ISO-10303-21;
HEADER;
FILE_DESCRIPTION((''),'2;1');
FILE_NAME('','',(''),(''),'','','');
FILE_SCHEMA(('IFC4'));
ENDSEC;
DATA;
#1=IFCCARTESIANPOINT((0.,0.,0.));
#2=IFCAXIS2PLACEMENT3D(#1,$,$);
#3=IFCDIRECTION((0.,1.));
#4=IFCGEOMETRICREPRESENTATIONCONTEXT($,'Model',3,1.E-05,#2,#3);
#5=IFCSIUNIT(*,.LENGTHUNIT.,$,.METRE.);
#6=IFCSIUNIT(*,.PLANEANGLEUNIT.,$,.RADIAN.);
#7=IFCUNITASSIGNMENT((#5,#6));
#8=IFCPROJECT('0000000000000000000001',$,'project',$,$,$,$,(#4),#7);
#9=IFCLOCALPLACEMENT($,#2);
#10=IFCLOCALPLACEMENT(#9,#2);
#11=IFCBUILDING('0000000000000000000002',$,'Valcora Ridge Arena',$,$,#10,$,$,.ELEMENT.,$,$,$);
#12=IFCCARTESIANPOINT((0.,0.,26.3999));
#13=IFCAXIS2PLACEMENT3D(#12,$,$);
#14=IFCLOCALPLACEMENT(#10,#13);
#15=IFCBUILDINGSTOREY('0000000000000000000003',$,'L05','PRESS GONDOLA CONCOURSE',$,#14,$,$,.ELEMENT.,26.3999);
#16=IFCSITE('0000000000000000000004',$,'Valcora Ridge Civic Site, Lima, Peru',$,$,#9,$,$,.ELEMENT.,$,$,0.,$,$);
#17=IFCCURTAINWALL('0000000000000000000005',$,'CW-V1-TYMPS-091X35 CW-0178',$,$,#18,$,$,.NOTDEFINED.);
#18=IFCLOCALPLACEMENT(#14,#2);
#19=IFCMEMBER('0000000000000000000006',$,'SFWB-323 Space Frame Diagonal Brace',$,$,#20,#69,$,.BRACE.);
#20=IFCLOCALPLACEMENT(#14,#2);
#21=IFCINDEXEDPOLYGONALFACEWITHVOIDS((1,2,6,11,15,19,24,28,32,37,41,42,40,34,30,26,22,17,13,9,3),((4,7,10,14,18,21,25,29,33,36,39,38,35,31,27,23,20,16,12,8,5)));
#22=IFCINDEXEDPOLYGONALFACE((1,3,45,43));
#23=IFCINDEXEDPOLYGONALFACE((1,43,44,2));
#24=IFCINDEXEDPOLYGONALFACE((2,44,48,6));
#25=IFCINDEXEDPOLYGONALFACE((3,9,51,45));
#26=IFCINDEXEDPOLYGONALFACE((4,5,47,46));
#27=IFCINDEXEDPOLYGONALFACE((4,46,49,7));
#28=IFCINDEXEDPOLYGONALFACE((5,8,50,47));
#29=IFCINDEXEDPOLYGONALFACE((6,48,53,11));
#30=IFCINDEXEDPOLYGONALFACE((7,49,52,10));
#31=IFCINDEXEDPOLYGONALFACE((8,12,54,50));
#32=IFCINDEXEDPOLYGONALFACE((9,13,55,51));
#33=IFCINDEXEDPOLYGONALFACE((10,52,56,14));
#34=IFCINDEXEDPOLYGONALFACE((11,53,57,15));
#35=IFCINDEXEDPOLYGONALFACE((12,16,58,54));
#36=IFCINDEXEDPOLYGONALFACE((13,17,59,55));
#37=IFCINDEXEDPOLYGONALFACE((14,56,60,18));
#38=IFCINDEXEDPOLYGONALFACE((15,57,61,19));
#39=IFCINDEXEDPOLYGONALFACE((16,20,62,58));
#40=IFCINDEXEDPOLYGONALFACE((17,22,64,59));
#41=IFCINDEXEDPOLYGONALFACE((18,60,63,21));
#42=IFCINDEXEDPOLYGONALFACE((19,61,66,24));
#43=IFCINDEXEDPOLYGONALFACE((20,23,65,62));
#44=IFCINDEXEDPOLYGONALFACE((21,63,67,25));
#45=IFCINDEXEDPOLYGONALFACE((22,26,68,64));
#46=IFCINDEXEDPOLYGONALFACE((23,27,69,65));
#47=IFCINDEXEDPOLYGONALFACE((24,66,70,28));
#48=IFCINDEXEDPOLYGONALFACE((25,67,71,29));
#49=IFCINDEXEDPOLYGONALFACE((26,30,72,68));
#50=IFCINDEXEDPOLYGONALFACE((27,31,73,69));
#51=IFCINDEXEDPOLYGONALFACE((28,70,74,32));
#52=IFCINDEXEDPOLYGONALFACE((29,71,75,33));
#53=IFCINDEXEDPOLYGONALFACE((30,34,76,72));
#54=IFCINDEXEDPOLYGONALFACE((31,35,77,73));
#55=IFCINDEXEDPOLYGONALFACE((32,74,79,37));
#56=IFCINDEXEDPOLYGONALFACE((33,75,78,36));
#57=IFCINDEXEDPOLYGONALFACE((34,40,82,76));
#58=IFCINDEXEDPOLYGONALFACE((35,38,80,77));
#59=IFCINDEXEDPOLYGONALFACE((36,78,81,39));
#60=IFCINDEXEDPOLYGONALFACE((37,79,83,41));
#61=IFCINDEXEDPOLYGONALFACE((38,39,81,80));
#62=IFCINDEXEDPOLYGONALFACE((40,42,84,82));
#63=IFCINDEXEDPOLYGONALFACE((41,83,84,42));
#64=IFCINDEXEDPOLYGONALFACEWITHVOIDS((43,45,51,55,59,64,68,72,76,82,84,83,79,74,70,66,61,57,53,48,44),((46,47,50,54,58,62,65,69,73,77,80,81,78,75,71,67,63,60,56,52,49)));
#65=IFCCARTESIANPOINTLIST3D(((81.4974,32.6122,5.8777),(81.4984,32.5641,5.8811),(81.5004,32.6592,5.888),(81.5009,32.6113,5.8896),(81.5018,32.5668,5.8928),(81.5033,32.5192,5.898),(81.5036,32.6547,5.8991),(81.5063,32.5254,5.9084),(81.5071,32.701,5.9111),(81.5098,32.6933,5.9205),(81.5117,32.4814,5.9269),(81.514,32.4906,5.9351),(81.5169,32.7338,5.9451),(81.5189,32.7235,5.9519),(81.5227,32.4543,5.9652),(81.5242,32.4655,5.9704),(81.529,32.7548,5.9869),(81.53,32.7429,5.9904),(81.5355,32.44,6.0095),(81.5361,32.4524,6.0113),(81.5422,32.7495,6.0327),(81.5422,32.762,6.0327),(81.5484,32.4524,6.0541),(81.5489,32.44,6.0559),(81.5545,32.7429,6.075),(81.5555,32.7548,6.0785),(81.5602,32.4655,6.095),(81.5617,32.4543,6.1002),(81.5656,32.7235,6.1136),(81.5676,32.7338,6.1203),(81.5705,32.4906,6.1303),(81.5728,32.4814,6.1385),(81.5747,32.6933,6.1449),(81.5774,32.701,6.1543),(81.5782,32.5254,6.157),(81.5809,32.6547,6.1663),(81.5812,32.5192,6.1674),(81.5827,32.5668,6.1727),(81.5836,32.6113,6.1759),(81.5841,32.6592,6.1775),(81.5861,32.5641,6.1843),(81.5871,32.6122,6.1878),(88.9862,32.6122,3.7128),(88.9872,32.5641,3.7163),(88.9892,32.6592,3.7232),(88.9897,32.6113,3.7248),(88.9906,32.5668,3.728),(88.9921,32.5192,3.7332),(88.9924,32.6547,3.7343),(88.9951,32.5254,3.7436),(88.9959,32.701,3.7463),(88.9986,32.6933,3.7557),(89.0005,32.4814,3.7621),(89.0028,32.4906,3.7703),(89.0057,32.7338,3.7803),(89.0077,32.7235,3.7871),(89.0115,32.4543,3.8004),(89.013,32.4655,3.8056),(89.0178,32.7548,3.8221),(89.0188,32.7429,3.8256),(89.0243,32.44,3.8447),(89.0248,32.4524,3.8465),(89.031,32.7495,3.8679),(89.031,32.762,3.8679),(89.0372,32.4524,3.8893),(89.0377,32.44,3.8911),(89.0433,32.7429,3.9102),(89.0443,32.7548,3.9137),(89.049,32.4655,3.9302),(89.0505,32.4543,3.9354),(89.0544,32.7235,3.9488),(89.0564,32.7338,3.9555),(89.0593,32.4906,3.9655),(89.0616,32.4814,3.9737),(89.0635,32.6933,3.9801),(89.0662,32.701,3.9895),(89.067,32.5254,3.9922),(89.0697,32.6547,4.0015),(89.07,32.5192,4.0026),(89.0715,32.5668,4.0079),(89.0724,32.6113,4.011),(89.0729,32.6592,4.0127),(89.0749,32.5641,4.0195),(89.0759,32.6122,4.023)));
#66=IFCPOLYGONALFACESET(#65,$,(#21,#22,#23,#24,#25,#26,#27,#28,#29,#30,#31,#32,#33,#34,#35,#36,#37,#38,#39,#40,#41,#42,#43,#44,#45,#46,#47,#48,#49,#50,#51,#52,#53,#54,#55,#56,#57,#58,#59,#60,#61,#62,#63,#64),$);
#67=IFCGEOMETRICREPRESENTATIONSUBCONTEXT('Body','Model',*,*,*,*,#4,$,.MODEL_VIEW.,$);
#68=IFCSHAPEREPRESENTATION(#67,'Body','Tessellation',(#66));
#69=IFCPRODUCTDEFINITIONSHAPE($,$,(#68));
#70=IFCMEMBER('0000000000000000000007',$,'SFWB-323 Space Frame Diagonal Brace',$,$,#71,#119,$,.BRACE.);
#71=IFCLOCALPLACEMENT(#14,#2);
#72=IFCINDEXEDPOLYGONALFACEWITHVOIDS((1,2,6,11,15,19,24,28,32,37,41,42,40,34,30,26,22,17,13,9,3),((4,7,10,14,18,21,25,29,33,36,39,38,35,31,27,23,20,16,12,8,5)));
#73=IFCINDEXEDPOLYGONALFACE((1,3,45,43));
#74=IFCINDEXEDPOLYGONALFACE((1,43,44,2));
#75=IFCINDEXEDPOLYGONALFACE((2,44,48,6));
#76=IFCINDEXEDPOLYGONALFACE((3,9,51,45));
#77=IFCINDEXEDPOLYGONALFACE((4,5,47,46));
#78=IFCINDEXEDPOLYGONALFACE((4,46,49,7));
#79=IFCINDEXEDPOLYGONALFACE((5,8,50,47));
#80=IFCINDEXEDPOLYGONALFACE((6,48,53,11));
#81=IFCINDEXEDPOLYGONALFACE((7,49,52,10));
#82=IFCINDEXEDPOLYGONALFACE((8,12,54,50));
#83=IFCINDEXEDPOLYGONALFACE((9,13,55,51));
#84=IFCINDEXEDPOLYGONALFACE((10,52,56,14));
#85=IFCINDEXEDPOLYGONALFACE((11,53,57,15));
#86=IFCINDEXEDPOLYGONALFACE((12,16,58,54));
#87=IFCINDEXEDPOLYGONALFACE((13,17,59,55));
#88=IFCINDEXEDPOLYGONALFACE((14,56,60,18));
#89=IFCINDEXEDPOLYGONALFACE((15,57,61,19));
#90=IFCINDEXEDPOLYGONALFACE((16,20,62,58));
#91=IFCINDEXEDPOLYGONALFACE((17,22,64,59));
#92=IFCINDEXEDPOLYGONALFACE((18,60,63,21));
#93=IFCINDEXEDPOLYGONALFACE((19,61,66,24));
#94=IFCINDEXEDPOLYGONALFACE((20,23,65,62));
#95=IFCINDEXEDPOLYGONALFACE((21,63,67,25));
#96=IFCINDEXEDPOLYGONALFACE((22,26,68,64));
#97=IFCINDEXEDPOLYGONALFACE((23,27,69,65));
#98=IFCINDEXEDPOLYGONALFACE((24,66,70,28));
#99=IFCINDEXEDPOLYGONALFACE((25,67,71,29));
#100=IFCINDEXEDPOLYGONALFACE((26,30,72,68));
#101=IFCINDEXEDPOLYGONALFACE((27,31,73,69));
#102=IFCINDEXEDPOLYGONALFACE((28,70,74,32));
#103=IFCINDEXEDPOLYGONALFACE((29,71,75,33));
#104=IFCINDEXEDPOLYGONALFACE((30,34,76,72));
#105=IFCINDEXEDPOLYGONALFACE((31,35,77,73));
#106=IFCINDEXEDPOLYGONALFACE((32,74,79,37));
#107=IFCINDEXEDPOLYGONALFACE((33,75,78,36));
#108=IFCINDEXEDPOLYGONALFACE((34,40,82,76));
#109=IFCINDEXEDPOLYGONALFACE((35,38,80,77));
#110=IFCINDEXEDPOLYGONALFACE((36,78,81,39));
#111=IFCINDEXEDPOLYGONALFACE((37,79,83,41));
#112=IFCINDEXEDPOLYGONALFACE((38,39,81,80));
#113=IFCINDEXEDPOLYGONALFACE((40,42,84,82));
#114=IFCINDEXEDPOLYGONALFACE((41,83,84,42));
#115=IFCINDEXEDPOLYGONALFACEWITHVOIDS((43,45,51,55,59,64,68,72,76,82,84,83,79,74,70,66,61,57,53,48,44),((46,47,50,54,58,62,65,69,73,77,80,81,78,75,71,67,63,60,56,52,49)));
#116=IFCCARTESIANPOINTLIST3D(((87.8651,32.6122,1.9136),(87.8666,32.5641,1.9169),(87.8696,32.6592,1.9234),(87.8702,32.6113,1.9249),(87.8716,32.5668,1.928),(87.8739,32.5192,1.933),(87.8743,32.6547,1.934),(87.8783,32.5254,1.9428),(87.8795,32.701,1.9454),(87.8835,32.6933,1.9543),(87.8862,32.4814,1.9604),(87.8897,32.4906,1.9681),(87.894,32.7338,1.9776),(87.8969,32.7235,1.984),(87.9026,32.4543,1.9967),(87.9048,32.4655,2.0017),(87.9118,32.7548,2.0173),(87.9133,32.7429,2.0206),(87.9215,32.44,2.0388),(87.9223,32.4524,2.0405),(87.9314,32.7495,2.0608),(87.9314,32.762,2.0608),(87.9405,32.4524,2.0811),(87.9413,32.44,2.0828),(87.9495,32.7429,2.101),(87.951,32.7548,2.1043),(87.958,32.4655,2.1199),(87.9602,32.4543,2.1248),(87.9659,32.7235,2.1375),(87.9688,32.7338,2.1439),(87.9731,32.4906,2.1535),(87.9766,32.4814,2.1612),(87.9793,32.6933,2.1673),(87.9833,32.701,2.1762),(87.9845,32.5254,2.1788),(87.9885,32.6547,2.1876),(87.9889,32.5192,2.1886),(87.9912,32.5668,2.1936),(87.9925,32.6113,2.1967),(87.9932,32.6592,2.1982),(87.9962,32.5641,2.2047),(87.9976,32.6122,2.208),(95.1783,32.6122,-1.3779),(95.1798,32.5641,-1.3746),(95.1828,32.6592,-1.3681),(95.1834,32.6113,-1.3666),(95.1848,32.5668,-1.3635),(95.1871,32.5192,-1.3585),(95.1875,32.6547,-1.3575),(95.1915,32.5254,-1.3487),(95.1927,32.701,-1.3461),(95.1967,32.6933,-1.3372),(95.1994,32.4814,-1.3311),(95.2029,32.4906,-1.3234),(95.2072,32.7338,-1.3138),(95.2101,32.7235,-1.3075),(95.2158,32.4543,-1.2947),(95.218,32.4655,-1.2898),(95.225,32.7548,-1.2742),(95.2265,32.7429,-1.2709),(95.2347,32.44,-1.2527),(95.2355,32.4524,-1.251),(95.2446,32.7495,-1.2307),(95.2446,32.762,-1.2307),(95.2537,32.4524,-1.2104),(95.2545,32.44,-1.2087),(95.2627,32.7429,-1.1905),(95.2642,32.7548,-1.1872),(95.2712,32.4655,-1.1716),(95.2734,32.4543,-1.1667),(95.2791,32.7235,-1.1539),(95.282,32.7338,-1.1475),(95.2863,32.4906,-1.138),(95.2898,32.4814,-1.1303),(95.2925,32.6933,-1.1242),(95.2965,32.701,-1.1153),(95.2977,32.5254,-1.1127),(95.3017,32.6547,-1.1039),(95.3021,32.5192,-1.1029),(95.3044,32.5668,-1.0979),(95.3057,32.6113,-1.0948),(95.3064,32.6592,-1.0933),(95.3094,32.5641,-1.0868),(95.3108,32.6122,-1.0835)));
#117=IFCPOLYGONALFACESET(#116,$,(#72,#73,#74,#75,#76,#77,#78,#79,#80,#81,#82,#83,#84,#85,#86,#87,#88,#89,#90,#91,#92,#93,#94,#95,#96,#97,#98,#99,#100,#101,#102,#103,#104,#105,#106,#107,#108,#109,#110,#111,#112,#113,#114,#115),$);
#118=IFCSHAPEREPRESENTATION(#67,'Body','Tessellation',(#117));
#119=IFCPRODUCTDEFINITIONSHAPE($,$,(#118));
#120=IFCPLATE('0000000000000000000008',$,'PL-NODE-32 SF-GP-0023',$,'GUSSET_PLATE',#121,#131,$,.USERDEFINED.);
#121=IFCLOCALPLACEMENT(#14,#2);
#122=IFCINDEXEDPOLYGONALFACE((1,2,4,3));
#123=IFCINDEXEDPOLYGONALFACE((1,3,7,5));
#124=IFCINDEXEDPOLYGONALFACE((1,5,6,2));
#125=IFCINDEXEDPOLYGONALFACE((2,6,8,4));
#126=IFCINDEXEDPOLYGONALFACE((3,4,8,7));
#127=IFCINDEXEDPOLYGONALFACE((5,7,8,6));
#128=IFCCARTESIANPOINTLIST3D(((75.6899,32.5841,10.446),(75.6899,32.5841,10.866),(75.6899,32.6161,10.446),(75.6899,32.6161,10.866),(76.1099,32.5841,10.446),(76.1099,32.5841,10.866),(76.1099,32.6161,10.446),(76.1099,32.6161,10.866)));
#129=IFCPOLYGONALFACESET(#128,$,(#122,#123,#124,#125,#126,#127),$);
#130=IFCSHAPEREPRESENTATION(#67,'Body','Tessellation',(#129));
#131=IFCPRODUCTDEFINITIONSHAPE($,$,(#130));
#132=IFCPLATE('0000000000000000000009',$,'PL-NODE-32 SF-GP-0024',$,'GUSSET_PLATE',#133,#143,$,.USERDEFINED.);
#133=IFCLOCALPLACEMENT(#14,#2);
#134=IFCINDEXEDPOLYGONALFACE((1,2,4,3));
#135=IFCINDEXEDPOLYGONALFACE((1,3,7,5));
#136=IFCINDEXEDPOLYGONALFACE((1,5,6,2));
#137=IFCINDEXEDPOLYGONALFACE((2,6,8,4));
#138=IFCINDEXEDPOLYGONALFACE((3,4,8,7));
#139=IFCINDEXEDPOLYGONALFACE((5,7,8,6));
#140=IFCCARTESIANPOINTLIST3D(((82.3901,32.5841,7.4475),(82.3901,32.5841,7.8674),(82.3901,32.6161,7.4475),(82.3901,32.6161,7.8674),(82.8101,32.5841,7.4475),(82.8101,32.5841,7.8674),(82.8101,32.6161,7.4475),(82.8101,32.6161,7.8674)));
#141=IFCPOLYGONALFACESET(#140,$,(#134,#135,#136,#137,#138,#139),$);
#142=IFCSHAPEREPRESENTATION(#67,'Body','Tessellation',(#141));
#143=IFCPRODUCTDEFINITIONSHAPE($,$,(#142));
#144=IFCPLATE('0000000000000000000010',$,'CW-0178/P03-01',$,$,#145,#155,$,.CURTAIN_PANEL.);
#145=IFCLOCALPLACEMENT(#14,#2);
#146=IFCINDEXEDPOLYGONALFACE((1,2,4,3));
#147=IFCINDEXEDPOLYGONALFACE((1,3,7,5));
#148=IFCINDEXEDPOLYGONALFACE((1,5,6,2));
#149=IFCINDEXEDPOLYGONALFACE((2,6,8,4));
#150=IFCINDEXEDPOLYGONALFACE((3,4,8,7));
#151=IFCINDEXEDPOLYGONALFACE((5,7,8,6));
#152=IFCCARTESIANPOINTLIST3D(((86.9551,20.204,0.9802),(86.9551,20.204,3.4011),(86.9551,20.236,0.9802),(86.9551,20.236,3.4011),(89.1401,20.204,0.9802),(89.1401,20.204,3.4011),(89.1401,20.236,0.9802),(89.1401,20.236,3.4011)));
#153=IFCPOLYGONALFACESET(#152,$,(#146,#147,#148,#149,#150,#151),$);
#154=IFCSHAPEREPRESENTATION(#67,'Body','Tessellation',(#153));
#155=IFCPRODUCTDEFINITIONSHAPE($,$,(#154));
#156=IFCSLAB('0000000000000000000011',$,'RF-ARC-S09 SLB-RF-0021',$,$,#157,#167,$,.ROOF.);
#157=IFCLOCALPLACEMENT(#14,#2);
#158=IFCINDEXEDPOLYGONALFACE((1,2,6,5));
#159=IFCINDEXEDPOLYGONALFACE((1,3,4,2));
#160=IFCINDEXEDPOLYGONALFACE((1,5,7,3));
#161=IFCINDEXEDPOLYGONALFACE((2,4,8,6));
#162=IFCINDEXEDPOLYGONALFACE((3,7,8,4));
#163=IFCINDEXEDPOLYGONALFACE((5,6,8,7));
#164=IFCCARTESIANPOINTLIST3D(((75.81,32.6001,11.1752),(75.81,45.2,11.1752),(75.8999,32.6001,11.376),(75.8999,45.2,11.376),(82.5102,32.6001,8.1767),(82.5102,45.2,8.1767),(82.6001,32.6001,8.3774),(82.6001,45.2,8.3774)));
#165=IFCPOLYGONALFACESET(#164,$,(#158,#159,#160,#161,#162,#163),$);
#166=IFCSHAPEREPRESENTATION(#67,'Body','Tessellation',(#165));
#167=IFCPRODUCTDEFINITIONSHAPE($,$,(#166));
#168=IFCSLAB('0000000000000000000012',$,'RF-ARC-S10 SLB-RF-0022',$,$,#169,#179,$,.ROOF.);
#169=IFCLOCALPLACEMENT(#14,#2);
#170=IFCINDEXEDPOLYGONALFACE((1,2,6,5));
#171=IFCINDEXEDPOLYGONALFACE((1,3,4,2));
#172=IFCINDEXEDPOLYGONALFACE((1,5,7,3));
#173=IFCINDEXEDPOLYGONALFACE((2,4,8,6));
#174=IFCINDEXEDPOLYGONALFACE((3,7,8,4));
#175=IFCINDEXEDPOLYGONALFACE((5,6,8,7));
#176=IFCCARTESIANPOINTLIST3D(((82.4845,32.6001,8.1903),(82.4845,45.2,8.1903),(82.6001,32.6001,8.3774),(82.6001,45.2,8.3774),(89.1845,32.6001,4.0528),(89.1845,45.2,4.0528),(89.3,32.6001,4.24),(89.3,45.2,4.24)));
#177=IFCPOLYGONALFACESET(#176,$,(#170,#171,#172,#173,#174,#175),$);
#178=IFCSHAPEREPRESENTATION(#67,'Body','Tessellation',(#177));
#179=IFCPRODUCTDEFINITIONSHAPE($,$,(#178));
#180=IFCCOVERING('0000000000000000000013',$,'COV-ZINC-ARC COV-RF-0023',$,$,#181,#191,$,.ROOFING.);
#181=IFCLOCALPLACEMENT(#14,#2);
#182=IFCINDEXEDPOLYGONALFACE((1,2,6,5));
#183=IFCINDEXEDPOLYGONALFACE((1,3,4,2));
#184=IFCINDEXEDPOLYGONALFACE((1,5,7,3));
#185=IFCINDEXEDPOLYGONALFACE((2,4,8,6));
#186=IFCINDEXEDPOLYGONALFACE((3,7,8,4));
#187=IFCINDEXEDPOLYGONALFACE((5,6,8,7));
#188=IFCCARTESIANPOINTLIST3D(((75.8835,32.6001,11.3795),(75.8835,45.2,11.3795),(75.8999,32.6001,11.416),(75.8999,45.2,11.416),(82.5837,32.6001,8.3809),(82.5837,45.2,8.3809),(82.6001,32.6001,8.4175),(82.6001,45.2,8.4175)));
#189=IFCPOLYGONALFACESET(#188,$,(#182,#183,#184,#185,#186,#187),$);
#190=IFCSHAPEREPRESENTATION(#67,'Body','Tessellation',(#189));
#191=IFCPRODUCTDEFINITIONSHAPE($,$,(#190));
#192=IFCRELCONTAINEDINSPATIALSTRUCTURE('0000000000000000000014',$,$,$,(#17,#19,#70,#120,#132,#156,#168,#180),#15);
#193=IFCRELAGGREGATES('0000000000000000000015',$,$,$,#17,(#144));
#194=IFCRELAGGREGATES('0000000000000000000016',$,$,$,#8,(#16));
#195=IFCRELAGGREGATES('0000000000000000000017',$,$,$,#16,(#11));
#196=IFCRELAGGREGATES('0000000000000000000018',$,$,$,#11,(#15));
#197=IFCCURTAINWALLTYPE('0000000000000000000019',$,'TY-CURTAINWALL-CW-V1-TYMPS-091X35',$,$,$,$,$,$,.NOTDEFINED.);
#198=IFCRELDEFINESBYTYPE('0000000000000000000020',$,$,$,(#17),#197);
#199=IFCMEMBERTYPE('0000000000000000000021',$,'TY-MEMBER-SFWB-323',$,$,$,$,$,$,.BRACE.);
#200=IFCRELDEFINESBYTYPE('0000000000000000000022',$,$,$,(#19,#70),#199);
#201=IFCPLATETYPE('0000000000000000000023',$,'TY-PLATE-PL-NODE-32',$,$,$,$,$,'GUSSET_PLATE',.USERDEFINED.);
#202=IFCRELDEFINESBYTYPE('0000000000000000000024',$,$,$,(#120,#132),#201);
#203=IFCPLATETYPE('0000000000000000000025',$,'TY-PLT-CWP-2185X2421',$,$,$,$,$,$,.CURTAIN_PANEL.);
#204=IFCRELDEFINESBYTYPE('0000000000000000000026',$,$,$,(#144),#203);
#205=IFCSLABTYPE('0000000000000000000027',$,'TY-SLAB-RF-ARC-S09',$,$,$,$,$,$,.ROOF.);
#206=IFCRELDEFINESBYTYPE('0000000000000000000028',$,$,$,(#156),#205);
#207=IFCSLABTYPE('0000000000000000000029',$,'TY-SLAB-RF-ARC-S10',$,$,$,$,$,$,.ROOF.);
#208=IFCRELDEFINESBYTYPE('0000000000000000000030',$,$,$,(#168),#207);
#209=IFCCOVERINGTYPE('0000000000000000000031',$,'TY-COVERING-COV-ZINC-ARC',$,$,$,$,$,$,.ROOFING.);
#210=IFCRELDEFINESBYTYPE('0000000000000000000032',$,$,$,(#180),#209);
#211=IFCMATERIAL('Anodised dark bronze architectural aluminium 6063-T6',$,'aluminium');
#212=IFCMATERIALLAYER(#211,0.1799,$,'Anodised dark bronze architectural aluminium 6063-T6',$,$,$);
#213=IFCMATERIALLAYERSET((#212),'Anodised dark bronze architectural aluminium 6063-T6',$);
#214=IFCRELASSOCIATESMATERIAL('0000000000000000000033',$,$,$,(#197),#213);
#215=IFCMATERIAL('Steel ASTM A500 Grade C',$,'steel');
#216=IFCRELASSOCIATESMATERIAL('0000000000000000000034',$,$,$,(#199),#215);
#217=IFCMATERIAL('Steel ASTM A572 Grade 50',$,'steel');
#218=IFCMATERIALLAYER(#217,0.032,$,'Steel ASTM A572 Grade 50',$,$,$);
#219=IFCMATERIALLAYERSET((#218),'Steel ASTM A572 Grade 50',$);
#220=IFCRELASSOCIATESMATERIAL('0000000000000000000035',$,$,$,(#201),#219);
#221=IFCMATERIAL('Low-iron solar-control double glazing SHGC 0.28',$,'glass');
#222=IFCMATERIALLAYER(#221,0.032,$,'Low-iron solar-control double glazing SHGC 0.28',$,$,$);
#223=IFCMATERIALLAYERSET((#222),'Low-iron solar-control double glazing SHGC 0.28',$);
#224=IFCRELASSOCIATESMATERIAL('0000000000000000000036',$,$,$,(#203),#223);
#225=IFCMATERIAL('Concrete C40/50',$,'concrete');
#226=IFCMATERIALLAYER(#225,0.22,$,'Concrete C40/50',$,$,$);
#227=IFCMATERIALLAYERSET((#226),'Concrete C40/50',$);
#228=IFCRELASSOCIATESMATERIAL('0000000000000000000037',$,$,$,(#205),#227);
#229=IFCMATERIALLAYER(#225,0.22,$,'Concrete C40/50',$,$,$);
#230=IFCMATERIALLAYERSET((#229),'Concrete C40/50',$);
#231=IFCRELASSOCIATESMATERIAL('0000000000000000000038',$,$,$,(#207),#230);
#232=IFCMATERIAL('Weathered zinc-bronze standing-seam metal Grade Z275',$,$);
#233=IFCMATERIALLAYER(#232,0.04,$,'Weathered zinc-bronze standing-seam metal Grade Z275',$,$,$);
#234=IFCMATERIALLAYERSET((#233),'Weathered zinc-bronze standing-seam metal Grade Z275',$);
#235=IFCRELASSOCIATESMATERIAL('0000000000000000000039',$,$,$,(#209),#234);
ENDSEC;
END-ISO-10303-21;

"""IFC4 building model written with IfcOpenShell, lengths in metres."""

from ifc_helpers import new_model, si_unit, direction, frame, origin, origin_2d, place, context, subcontext, project, spatial, polyline, rectangle, hollow_circle, outline, extrude, material, layer, layer_set, material_profile, profile_set, type_object, element, aggregate, save


model = new_model("IFC4")

# Units and contexts
model_context = context("Model", 3, precision=1e-05, world=origin(), true_north=direction((0.0, 1.0)))
body_context = subcontext(model_context, "Body", "Model", "MODEL_VIEW")
ifc_project = project(units=[si_unit("LENGTHUNIT", "METRE"), si_unit("PLANEANGLEUNIT", "RADIAN")], contexts=[model_context])

# Site, building, storey
site_placement = place(None, origin())
site = spatial("IfcSite", under=ifc_project, at=site_placement, Name="Valcora Ridge Civic Site, Lima, Peru", CompositionType="ELEMENT", RefElevation=0.0)
building_placement = place(site_placement, origin())
building = spatial("IfcBuilding", under=site, at=building_placement, Name="Valcora Ridge Arena", CompositionType="ELEMENT")
storey_placement = place(building_placement, frame((0.0, 0.0, 26.3999)))
storey = spatial("IfcBuildingStorey", under=building, at=storey_placement, Name="L05", Description="PRESS GONDOLA CONCOURSE", CompositionType="ELEMENT", Elevation=26.3999)

# Curtain wall
ifc_material_1 = material(Name="Anodised dark bronze architectural aluminium 6063-T6", Category="aluminium")
ifc_layer_1 = layer(ifc_material_1, 0.1799, Name="Anodised dark bronze architectural aluminium 6063-T6")
ifc_layer_set_1 = layer_set([ifc_layer_1], Name="Anodised dark bronze architectural aluminium 6063-T6")
curtain_wall_type = type_object("IfcCurtainWallType", Name="TY-CURTAINWALL-CW-V1-TYMPS-091X35", PredefinedType="NOTDEFINED", material=ifc_layer_set_1)
curtain_wall_placement = place(storey_placement, origin())
curtain_wall = element("IfcCurtainWall", 1, at=curtain_wall_placement, inside=storey, type_object=curtain_wall_type, Name="CW-V1-TYMPS-091X35 CW-0178", PredefinedType="NOTDEFINED")

# Members
ifc_material_2 = material(Name="Steel ASTM A500 Grade C", Category="steel")
ifc_material_profile_1 = material_profile(ifc_material_2, hollow_circle(Radius=0.1619, WallThickness=0.0125, at=origin_2d()), Name="CHS323X12")
ifc_profile_set_1 = profile_set([ifc_material_profile_1], Name="Steel ASTM A500 Grade C")
member_type_1 = type_object("IfcMemberType", Name="TY-MEMBER-SFWB-323", PredefinedType="BRACE", material=ifc_profile_set_1)
member_1_placement = place(storey_placement, frame((81.5422, 32.6001, 6.0327), z_axis=(0.960667, 0.0, -0.277702), x_axis=(0.0, 1.0, 0.0)))
element("IfcMember", 2, at=member_1_placement, inside=storey, type_object=member_type_1, Name="SFWB-323 Space Frame Diagonal Brace", PredefinedType="BRACE", context=body_context, shape_type="SweptSolid", body=[
    extrude(hollow_circle(Radius=0.1619, WallThickness=0.0125, at=origin_2d()), origin(), (0.0, 0.0, 1.0), 7.7954),
])
member_2_placement = place(storey_placement, frame((87.9314, 32.6001, 2.0608), z_axis=(0.911896, 0.0, -0.410422), x_axis=(0.0, 1.0, 0.0)))
element("IfcMember", 3, at=member_2_placement, inside=storey, type_object=member_type_1, Name="SFWB-323 Space Frame Diagonal Brace", PredefinedType="BRACE", context=body_context, shape_type="SweptSolid", body=[
    extrude(hollow_circle(Radius=0.1619, WallThickness=0.0125, at=origin_2d()), origin(), (0.0, 0.0, 1.0), 8.0198),
])

# Plates
ifc_material_3 = material(Name="Steel ASTM A572 Grade 50", Category="steel")
ifc_layer_2 = layer(ifc_material_3, 0.032, Name="Steel ASTM A572 Grade 50")
ifc_layer_set_2 = layer_set([ifc_layer_2], Name="Steel ASTM A572 Grade 50")
plate_type_1 = type_object("IfcPlateType", Name="TY-PLATE-PL-NODE-32", ElementType="GUSSET_PLATE", PredefinedType="USERDEFINED", material=ifc_layer_set_2)
for number, where, z_axis, x_axis, name in (
    (4, (75.8999, 32.6001, 10.446), (0.0, 0.0, 1.0), (1.0, 0.0, 0.0), "PL-NODE-32 SF-GP-0023"),
    (5, (82.6001, 32.6001, 7.4475), (0.0, 0.0, 1.0), (1.0, 0.0, 0.0), "PL-NODE-32 SF-GP-0024"),
):
    element("IfcPlate", number, at=place(storey_placement, frame(where, z_axis=z_axis, x_axis=x_axis)), inside=storey, type_object=plate_type_1, Name=name, ObjectType="GUSSET_PLATE", PredefinedType="USERDEFINED", context=body_context, shape_type="SweptSolid", body=[
        extrude(rectangle(XDim=0.4199, YDim=0.032, at=origin_2d()), origin(), (0.0, 0.0, 1.0), 0.4199),
    ])

# Plate
ifc_material_4 = material(Name="Low-iron solar-control double glazing SHGC 0.28", Category="glass")
ifc_layer_3 = layer(ifc_material_4, 0.032, Name="Low-iron solar-control double glazing SHGC 0.28")
ifc_layer_set_3 = layer_set([ifc_layer_3], Name="Low-iron solar-control double glazing SHGC 0.28")
plate_type_2 = type_object("IfcPlateType", Name="TY-PLT-CWP-2185X2421", PredefinedType="CURTAIN_PANEL", material=ifc_layer_set_3)
plate_placement = place(storey_placement, frame((88.0476, 20.22, 0.9802), z_axis=(0.0, 0.0, 1.0), x_axis=(1.0, 0.0, 0.0)))
plate = element("IfcPlate", 6, at=plate_placement, type_object=plate_type_2, Name="CW-0178/P03-01", PredefinedType="CURTAIN_PANEL", context=body_context, shape_type="SweptSolid", body=[
    extrude(rectangle(XDim=2.1851, YDim=0.032, at=origin_2d()), origin(), (0.0, 0.0, 1.0), 2.4209),
])
aggregate(curtain_wall, [plate])

# Slabs
ifc_material_5 = material(Name="Concrete C40/50", Category="concrete")
ifc_layer_4 = layer(ifc_material_5, 0.22, Name="Concrete C40/50")
ifc_layer_set_4 = layer_set([ifc_layer_4], Name="Concrete C40/50")
slab_type_1 = type_object("IfcSlabType", Name="TY-SLAB-RF-ARC-S09", PredefinedType="ROOF", material=ifc_layer_set_4)
slab_1_placement = place(storey_placement, frame((75.8999, 32.6001, 11.376), z_axis=(0.408489, 0.0, 0.912763), x_axis=(0.912763, 0.0, -0.408489)))
element("IfcSlab", 7, at=slab_1_placement, inside=storey, type_object=slab_type_1, Name="RF-ARC-S09 SLB-RF-0021", PredefinedType="ROOF", context=body_context, shape_type="SweptSolid", body=[
    extrude(outline(polyline([(0.0, 0.0), (7.3406, 0.0), (7.3406, 12.5999), (0.0, 12.5999), (0.0, 0.0)])), origin(), (0.0, 0.0, -1.0), 0.22),
])
ifc_layer_5 = layer(ifc_material_5, 0.22, Name="Concrete C40/50")
ifc_layer_set_5 = layer_set([ifc_layer_5], Name="Concrete C40/50")
slab_type_2 = type_object("IfcSlabType", Name="TY-SLAB-RF-ARC-S10", PredefinedType="ROOF", material=ifc_layer_set_5)
slab_2_placement = place(storey_placement, frame((82.6001, 32.6001, 8.3774), z_axis=(0.525424, 0.0, 0.850841), x_axis=(0.850841, 0.0, -0.525424)))
element("IfcSlab", 8, at=slab_2_placement, inside=storey, type_object=slab_type_2, Name="RF-ARC-S10 SLB-RF-0022", PredefinedType="ROOF", context=body_context, shape_type="SweptSolid", body=[
    extrude(outline(polyline([(0.0, 0.0), (7.8745, 0.0), (7.8745, 12.5999), (0.0, 12.5999), (0.0, 0.0)])), origin(), (0.0, 0.0, -1.0), 0.22),
])

# Covering
ifc_material_6 = material(Name="Weathered zinc-bronze standing-seam metal Grade Z275")
ifc_layer_6 = layer(ifc_material_6, 0.04, Name="Weathered zinc-bronze standing-seam metal Grade Z275")
ifc_layer_set_6 = layer_set([ifc_layer_6], Name="Weathered zinc-bronze standing-seam metal Grade Z275")
covering_type = type_object("IfcCoveringType", Name="TY-COVERING-COV-ZINC-ARC", PredefinedType="ROOFING", material=ifc_layer_set_6)
covering_1_placement = place(storey_placement, frame((75.8999, 32.6001, 11.416), z_axis=(0.408489, 0.0, 0.912763), x_axis=(0.912763, 0.0, -0.408489)))
element("IfcCovering", 9, at=covering_1_placement, inside=storey, type_object=covering_type, Name="COV-ZINC-ARC COV-RF-0023", PredefinedType="ROOFING", context=body_context, shape_type="SweptSolid", body=[
    extrude(outline(polyline([(0.0, 0.0), (7.3406, 0.0), (7.3406, 12.5999), (0.0, 12.5999), (0.0, 0.0)])), origin(), (0.0, 0.0, -1.0), 0.04),
])

save(model, "model.ifc")
